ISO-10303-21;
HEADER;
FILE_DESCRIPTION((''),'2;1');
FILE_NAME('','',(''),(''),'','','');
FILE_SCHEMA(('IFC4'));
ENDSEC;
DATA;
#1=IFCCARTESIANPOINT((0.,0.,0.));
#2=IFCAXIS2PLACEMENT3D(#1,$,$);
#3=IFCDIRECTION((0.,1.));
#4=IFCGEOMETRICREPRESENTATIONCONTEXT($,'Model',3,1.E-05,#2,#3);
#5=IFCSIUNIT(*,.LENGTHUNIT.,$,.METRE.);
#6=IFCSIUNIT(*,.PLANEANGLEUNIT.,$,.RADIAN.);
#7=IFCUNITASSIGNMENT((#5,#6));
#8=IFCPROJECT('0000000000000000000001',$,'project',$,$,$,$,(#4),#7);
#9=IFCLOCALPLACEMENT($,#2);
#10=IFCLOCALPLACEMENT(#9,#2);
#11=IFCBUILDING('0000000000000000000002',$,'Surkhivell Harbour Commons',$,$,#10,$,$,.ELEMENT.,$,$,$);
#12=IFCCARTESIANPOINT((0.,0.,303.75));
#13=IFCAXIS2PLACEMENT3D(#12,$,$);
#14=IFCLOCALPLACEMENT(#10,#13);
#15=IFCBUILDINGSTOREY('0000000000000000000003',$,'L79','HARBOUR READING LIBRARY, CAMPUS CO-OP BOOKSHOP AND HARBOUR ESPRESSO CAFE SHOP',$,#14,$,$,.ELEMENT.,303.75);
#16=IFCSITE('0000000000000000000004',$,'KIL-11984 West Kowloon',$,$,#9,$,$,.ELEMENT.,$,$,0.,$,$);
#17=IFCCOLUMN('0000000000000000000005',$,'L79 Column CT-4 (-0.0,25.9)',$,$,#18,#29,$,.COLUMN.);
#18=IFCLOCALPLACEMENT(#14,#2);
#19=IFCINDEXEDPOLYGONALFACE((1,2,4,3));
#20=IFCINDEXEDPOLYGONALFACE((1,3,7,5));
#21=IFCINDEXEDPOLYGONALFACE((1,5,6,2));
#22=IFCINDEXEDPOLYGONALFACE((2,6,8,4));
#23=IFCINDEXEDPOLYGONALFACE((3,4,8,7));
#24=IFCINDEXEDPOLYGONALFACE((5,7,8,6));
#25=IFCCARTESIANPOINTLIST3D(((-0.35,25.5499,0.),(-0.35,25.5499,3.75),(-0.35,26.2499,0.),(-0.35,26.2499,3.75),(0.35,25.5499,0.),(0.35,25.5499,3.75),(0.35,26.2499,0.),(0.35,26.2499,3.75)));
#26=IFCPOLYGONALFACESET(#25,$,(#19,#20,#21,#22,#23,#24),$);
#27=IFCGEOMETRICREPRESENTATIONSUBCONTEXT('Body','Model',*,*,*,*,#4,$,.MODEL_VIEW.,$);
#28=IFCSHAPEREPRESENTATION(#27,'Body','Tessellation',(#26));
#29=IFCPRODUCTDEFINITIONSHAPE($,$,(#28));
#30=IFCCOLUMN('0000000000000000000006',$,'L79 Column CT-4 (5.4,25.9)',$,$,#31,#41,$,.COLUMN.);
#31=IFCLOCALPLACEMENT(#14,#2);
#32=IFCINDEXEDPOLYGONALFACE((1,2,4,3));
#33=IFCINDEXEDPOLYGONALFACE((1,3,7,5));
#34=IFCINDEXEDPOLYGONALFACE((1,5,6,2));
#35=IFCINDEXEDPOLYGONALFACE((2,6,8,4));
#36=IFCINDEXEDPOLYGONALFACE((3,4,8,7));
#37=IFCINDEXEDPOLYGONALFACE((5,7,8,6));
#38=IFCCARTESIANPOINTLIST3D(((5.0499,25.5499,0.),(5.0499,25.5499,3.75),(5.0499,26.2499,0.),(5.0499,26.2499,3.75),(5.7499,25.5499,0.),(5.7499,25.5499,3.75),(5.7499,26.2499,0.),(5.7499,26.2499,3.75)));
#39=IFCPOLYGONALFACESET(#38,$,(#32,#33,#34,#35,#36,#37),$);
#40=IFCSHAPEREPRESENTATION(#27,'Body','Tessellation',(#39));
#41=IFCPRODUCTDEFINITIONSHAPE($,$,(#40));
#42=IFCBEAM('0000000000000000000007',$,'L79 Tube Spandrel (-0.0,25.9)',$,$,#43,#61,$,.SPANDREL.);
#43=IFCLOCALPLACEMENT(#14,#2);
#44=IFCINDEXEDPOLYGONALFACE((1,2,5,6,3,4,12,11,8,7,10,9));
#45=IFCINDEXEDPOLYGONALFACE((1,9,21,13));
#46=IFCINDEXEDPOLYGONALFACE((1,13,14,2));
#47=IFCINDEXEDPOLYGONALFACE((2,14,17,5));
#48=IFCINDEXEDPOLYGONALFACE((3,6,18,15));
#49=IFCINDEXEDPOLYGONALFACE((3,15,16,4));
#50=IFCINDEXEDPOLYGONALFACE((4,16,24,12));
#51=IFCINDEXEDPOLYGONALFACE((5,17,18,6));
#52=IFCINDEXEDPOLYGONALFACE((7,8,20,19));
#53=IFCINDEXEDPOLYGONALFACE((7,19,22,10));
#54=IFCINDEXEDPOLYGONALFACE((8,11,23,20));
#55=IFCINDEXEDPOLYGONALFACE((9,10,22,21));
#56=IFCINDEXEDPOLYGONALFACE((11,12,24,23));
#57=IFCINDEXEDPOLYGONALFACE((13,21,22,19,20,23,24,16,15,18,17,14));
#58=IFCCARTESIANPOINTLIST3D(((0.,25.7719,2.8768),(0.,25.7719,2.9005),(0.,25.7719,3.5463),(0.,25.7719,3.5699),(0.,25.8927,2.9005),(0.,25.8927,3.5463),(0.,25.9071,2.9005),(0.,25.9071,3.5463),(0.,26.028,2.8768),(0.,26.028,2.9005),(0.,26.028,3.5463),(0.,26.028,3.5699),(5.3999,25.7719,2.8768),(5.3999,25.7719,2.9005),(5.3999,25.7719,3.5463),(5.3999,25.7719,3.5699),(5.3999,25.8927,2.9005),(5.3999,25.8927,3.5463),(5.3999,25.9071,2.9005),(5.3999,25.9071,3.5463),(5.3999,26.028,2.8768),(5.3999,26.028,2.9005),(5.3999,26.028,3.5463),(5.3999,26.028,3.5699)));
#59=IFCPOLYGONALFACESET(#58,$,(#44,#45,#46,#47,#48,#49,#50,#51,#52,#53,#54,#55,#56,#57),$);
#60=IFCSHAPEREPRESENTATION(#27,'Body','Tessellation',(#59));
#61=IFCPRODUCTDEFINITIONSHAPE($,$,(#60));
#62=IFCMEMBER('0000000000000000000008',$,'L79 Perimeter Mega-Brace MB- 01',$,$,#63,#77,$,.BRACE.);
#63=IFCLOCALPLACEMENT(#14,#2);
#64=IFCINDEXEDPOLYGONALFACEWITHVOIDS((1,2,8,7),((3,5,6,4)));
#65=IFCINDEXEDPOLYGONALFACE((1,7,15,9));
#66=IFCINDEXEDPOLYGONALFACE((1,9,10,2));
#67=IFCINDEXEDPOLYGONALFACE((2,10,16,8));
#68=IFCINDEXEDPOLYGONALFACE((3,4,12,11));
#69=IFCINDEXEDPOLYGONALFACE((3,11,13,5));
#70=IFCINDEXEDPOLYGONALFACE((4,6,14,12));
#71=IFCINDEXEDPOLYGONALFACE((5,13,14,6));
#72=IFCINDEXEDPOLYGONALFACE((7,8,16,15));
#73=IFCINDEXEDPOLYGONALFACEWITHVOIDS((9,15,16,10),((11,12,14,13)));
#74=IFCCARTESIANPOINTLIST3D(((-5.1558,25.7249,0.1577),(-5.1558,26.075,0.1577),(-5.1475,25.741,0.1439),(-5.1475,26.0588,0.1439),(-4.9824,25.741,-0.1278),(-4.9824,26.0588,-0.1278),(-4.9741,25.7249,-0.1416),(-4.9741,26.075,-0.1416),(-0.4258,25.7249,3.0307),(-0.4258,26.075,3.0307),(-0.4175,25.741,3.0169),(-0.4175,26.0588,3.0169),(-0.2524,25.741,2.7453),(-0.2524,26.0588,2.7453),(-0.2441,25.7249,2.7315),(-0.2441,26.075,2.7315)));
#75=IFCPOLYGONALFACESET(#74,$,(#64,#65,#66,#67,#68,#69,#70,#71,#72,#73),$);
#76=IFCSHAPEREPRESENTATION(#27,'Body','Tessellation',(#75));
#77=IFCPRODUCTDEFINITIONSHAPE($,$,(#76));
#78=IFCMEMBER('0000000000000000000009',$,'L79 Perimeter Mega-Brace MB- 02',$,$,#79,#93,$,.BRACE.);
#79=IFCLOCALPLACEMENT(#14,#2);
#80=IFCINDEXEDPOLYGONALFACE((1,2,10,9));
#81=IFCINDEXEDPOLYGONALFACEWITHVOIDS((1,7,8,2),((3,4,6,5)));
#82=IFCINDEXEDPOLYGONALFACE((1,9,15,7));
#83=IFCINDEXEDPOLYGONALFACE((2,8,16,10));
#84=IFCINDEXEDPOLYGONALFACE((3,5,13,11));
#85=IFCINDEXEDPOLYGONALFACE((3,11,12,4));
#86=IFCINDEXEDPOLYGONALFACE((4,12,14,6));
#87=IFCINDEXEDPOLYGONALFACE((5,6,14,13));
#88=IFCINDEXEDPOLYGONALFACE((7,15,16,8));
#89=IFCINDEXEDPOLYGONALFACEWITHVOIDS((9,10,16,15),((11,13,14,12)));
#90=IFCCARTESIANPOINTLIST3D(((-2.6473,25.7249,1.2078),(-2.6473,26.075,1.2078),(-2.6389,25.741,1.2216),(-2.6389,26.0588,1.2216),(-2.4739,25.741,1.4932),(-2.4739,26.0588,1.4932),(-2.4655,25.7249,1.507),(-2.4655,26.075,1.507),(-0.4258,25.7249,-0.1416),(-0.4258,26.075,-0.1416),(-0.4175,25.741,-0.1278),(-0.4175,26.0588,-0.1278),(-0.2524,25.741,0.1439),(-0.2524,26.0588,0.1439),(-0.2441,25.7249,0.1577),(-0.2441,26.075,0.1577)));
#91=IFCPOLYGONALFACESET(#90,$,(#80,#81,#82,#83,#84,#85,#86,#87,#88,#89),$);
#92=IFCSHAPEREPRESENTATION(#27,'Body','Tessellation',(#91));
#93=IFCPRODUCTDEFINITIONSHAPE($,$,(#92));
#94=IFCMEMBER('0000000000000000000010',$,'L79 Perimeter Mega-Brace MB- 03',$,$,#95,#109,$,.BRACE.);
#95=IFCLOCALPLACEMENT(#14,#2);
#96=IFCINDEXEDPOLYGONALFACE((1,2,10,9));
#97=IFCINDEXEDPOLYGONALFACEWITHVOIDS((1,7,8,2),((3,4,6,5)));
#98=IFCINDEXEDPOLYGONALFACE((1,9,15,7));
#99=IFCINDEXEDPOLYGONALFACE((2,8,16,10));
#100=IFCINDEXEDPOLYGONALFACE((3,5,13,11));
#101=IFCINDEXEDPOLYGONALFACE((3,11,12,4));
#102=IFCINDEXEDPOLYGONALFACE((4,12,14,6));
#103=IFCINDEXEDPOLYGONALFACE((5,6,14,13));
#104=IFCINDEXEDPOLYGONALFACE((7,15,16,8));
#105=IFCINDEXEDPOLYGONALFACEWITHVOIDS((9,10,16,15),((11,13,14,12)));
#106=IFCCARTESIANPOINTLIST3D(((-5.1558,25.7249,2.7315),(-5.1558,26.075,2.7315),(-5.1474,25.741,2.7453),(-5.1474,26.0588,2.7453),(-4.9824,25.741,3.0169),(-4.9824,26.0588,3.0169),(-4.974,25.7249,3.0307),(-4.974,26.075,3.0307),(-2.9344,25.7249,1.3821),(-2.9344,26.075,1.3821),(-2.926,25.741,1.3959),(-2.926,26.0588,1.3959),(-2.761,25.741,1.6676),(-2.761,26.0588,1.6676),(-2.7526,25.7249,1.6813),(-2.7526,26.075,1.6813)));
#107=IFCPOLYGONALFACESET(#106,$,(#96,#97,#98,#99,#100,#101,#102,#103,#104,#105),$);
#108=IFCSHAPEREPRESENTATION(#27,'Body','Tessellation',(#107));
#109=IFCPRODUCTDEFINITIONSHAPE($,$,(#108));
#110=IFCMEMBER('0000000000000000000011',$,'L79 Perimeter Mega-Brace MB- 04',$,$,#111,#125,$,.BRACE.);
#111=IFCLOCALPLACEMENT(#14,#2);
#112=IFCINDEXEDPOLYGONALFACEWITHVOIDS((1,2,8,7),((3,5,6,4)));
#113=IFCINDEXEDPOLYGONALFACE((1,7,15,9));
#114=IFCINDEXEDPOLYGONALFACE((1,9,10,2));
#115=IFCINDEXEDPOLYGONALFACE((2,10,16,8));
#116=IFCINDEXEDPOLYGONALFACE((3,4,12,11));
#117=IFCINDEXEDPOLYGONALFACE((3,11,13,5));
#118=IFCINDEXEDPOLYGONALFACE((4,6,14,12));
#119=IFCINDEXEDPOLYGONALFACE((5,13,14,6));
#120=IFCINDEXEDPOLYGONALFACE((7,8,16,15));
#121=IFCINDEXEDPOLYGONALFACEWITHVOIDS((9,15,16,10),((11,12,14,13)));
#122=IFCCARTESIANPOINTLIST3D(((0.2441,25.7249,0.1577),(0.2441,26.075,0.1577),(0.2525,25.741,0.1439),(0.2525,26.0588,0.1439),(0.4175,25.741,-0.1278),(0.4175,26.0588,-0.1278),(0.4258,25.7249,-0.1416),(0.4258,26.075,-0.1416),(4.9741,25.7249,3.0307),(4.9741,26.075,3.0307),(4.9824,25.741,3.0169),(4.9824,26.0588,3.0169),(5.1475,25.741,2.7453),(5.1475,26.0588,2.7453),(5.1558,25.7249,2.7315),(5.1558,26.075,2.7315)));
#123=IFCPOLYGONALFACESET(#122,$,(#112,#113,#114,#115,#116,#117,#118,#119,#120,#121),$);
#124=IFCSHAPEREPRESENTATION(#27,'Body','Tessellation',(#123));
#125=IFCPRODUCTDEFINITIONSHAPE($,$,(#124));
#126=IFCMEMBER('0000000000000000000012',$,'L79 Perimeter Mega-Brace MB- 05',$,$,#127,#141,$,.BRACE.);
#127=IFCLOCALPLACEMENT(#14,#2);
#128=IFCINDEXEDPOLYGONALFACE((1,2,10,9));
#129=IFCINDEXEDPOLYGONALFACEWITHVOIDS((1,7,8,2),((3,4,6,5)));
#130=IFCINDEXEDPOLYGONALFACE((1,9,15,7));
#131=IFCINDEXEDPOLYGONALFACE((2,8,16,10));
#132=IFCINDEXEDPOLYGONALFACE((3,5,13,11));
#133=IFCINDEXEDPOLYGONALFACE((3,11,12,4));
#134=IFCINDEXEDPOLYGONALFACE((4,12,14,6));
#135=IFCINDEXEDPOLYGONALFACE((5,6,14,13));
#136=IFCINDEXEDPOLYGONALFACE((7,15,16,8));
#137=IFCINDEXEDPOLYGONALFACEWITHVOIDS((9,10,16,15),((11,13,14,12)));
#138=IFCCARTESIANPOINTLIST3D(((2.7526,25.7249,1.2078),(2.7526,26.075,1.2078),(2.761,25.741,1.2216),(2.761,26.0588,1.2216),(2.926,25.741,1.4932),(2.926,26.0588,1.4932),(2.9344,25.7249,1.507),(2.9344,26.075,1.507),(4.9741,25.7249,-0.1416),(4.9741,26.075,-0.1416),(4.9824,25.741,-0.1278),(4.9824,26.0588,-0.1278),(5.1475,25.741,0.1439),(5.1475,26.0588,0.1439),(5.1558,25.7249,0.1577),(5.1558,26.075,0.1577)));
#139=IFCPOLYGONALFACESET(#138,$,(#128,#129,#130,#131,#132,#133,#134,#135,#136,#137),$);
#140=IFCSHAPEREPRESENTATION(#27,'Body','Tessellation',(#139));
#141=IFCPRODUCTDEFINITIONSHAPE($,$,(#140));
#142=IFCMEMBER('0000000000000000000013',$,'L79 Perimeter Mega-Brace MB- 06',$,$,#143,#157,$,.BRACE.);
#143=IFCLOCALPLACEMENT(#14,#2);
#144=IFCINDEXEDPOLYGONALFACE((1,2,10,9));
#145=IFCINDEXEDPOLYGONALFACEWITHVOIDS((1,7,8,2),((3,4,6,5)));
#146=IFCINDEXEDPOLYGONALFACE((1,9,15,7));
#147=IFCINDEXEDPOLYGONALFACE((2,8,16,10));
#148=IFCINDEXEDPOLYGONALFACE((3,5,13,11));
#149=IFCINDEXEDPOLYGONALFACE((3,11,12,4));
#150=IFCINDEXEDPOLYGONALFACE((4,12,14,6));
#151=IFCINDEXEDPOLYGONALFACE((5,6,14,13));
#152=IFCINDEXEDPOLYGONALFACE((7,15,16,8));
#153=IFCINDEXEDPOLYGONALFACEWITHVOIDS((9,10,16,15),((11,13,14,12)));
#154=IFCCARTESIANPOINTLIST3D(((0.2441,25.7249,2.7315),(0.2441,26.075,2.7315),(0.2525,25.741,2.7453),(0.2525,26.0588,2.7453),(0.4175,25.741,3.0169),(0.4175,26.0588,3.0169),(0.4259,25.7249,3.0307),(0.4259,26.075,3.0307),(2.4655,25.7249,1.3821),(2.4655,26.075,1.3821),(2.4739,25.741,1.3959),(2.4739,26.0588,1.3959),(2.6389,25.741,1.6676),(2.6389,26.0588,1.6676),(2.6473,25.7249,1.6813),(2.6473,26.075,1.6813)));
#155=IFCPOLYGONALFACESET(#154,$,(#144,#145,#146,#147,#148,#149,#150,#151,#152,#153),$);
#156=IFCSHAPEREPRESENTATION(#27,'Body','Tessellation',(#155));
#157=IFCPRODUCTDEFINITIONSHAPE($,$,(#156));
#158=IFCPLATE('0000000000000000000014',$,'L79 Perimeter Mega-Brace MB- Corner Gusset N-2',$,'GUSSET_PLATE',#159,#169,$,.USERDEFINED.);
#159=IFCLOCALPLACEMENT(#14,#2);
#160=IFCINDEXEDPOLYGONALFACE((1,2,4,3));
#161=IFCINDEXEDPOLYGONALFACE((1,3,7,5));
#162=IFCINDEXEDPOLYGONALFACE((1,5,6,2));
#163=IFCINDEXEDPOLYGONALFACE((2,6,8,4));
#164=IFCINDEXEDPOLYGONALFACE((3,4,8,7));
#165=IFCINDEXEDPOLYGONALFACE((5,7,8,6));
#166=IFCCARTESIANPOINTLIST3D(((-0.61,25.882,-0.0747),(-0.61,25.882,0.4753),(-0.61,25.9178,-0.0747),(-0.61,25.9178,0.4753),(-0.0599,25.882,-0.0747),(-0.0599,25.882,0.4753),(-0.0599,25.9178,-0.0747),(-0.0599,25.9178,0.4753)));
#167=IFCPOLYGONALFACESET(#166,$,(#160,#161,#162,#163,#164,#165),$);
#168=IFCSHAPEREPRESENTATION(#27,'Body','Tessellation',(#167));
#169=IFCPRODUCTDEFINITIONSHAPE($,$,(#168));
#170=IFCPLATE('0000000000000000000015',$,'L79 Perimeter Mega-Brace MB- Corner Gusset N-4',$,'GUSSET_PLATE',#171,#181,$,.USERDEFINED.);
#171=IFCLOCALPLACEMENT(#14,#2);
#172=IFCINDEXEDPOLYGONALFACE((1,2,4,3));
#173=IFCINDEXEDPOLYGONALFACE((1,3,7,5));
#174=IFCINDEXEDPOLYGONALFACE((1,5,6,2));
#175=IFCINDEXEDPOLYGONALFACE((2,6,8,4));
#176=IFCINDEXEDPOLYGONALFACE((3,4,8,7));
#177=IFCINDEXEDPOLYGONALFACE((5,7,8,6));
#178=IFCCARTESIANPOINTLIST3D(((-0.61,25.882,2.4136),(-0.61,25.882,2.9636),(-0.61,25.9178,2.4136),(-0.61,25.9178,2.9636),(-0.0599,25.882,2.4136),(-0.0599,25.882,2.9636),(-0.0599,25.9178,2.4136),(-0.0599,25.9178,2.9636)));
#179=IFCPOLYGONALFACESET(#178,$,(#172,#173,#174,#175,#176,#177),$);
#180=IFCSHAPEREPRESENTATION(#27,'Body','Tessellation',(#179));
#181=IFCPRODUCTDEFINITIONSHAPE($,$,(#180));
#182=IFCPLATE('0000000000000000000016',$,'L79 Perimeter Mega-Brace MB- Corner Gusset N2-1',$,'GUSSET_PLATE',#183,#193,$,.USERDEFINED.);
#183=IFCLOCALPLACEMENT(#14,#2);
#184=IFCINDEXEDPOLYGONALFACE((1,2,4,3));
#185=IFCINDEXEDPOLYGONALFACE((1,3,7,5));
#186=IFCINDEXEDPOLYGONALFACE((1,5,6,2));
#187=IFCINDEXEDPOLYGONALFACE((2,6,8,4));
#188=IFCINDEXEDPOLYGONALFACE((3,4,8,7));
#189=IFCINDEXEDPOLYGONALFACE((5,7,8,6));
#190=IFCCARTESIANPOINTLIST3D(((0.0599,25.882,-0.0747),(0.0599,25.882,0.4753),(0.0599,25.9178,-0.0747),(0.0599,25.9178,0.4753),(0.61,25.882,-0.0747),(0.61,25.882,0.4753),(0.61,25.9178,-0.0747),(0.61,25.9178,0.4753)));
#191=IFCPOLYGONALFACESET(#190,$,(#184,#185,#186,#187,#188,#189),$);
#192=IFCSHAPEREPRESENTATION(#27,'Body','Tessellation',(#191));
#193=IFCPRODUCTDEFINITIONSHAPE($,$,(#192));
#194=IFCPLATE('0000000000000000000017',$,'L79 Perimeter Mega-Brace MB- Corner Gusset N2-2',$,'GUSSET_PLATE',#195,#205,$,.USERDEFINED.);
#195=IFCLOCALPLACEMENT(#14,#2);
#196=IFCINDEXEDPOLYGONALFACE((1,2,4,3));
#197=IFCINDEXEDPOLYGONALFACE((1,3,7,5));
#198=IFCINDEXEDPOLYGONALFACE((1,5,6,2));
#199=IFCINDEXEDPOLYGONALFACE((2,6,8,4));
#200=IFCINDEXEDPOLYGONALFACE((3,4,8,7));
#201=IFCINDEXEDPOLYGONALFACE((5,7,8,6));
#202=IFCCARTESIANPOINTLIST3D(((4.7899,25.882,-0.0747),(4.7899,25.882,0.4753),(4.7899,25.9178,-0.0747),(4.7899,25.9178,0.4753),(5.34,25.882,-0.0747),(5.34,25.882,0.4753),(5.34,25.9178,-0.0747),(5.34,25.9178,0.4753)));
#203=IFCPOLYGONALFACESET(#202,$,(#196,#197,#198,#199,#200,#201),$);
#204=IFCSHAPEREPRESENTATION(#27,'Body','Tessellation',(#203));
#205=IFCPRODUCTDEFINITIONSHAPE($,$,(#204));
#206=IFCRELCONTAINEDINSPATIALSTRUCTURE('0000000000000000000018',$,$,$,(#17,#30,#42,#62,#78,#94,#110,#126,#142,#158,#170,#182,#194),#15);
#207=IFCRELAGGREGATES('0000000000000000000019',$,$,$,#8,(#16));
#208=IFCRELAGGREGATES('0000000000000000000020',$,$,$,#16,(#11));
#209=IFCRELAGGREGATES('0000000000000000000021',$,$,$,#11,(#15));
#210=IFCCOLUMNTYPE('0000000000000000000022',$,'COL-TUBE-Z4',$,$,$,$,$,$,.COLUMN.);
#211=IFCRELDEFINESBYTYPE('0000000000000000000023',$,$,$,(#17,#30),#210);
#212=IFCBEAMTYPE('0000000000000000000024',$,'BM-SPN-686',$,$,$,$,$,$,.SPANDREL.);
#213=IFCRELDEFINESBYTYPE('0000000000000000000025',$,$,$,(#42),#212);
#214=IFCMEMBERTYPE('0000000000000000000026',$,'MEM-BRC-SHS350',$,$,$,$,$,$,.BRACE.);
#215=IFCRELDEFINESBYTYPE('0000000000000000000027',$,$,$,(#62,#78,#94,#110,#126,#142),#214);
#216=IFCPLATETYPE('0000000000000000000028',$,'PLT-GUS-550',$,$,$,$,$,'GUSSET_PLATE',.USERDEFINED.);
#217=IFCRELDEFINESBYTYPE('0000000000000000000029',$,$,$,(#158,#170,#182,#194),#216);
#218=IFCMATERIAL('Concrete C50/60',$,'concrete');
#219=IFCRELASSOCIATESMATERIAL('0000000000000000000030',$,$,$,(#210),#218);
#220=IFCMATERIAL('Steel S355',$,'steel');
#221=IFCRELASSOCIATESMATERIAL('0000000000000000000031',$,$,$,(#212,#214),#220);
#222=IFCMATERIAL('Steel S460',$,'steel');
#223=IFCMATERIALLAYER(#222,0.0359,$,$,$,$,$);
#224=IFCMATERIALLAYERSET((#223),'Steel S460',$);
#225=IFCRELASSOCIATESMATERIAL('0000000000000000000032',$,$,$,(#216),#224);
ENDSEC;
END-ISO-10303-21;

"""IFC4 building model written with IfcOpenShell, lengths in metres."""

from ifc_helpers import new_model, si_unit, direction, frame, origin, origin_2d, place, context, subcontext, project, spatial, rectangle, hollow_rectangle, i_section, extrude, material, layer, layer_set, material_profile, profile_set, type_object, element, save


model = new_model("IFC4")

# Units and contexts
model_context = context("Model", 3, precision=1e-05, world=origin(), true_north=direction((0.0, 1.0)))
body_context = subcontext(model_context, "Body", "Model", "MODEL_VIEW")
ifc_project = project(units=[si_unit("LENGTHUNIT", "METRE"), si_unit("PLANEANGLEUNIT", "RADIAN")], contexts=[model_context])

# Site, building, storey
site_placement = place(None, origin())
site = spatial("IfcSite", under=ifc_project, at=site_placement, Name="KIL-11984 West Kowloon", CompositionType="ELEMENT", RefElevation=0.0)
building_placement = place(site_placement, origin())
building = spatial("IfcBuilding", under=site, at=building_placement, Name="Surkhivell Harbour Commons", CompositionType="ELEMENT")
storey_placement = place(building_placement, frame((0.0, 0.0, 303.75)))
storey = spatial("IfcBuildingStorey", under=building, at=storey_placement, Name="L79", Description="HARBOUR READING LIBRARY, CAMPUS CO-OP BOOKSHOP AND HARBOUR ESPRESSO CAFE SHOP", CompositionType="ELEMENT", Elevation=303.75)

# Columns
ifc_material_1 = material(Name="Concrete C50/60", Category="concrete")
ifc_material_profile_1 = material_profile(ifc_material_1, rectangle(XDim=0.7, YDim=0.7, at=origin_2d()), Name="RC-COL-700x700")
ifc_profile_set_1 = profile_set([ifc_material_profile_1], Name="Concrete C50/60")
column_type = type_object("IfcColumnType", Name="COL-TUBE-Z4", PredefinedType="COLUMN", material=ifc_profile_set_1)
for number, where, z_axis, x_axis, name in (
    (1, (0.0, 25.8999, 0.0), (0.0, 0.0, 1.0), (1.0, 0.0, 0.0), "L79 Column CT-4 (-0.0,25.9)"),
    (2, (5.3999, 25.8999, 0.0), (0.0, 0.0, 1.0), (1.0, 0.0, 0.0), "L79 Column CT-4 (5.4,25.9)"),
):
    element("IfcColumn", number, at=place(storey_placement, frame(where, z_axis=z_axis, x_axis=x_axis)), inside=storey, type_object=column_type, Name=name, PredefinedType="COLUMN", context=body_context, shape_type="SweptSolid", body=[
        extrude(rectangle(XDim=0.7, YDim=0.7, at=origin_2d()), origin(), (0.0, 0.0, 1.0), 3.75),
    ])

# Beam
ifc_material_2 = material(Name="Steel S355", Category="steel")
ifc_material_profile_2 = material_profile(ifc_material_2, i_section(OverallWidth=0.2561, OverallDepth=0.6931, WebThickness=0.0144, FlangeThickness=0.0237, at=origin_2d()), Name="UB686x254x170")
ifc_profile_set_2 = profile_set([ifc_material_profile_2], Name="Steel S355")
beam_type = type_object("IfcBeamType", Name="BM-SPN-686", PredefinedType="SPANDREL", material=ifc_profile_set_2)
beam_placement = place(storey_placement, frame((0.0, 25.8999, 3.2234), z_axis=(1.0, 0.0, 0.0), x_axis=(0.0, 1.0, 0.0)))
element("IfcBeam", 3, at=beam_placement, inside=storey, type_object=beam_type, Name="L79 Tube Spandrel (-0.0,25.9)", PredefinedType="SPANDREL", context=body_context, shape_type="SweptSolid", body=[
    extrude(i_section(OverallWidth=0.2561, OverallDepth=0.6931, WebThickness=0.0144, FlangeThickness=0.0237, at=origin_2d()), origin(), (0.0, 0.0, 1.0), 5.3999),
])

# Members
ifc_material_profile_3 = material_profile(ifc_material_2, hollow_rectangle(XDim=0.3501, YDim=0.3501, WallThickness=0.0161, at=origin_2d()), Name="SHS350x350x16")
ifc_profile_set_3 = profile_set([ifc_material_profile_3], Name="Steel S355")
member_type = type_object("IfcMemberType", Name="MEM-BRC-SHS350", PredefinedType="BRACE", material=ifc_profile_set_3)
member_1_placement = place(storey_placement, frame((-5.0649, 25.8999, 0.0081), z_axis=(0.854685, 0.0, 0.519146), x_axis=(0.0, 1.0, 0.0)))
element("IfcMember", 4, at=member_1_placement, inside=storey, type_object=member_type, Name="L79 Perimeter Mega-Brace MB- 01", PredefinedType="BRACE", context=body_context, shape_type="SweptSolid", body=[
    extrude(hollow_rectangle(XDim=0.3501, YDim=0.3501, WallThickness=0.0161, at=origin_2d()), origin(), (0.0, 0.0, 1.0), 5.5342),
])
for number, where, z_axis, x_axis, name in (
    (5, (-0.335, 25.8999, 0.0081), (-0.854679, 0.0, 0.519157), (0.0, -1.0, 0.0), "L79 Perimeter Mega-Brace MB- 02"),
    (6, (-2.8435, 25.8999, 1.5317), (-0.854679, 0.0, 0.519157), (0.0, -1.0, 0.0), "L79 Perimeter Mega-Brace MB- 03"),
):
    element("IfcMember", number, at=place(storey_placement, frame(where, z_axis=z_axis, x_axis=x_axis)), inside=storey, type_object=member_type, Name=name, PredefinedType="BRACE", context=body_context, shape_type="SweptSolid", body=[
        extrude(hollow_rectangle(XDim=0.3501, YDim=0.3501, WallThickness=0.0161, at=origin_2d()), origin(), (0.0, 0.0, 1.0), 2.5991),
    ])
member_2_placement = place(storey_placement, frame((0.335, 25.8999, 0.0081), z_axis=(0.854685, 0.0, 0.519146), x_axis=(0.0, 1.0, 0.0)))
element("IfcMember", 7, at=member_2_placement, inside=storey, type_object=member_type, Name="L79 Perimeter Mega-Brace MB- 04", PredefinedType="BRACE", context=body_context, shape_type="SweptSolid", body=[
    extrude(hollow_rectangle(XDim=0.3501, YDim=0.3501, WallThickness=0.0161, at=origin_2d()), origin(), (0.0, 0.0, 1.0), 5.5342),
])
for number, where, z_axis, x_axis, name in (
    (8, (5.0649, 25.8999, 0.0081), (-0.854679, 0.0, 0.519157), (0.0, -1.0, 0.0), "L79 Perimeter Mega-Brace MB- 05"),
    (9, (2.5564, 25.8999, 1.5317), (-0.854679, 0.0, 0.519157), (0.0, -1.0, 0.0), "L79 Perimeter Mega-Brace MB- 06"),
):
    element("IfcMember", number, at=place(storey_placement, frame(where, z_axis=z_axis, x_axis=x_axis)), inside=storey, type_object=member_type, Name=name, PredefinedType="BRACE", context=body_context, shape_type="SweptSolid", body=[
        extrude(hollow_rectangle(XDim=0.3501, YDim=0.3501, WallThickness=0.0161, at=origin_2d()), origin(), (0.0, 0.0, 1.0), 2.5991),
    ])

# Plates
ifc_material_3 = material(Name="Steel S460", Category="steel")
ifc_layer_1 = layer(ifc_material_3, 0.0359)
ifc_layer_set_1 = layer_set([ifc_layer_1], Name="Steel S460")
plate_type_1 = type_object("IfcPlateType", Name="PLT-GUS-550", ElementType="GUSSET_PLATE", PredefinedType="USERDEFINED", material=ifc_layer_set_1)
for number, where, z_axis, x_axis, name in (
    (10, (-0.335, 25.8999, -0.0747), (0.0, 0.0, 1.0), (1.0, 0.0, 0.0), "L79 Perimeter Mega-Brace MB- Corner Gusset N-2"),
    (11, (-0.335, 25.8999, 2.4136), (0.0, 0.0, 1.0), (1.0, 0.0, 0.0), "L79 Perimeter Mega-Brace MB- Corner Gusset N-4"),
    (12, (0.335, 25.8999, -0.0747), (0.0, 0.0, 1.0), (1.0, 0.0, 0.0), "L79 Perimeter Mega-Brace MB- Corner Gusset N2-1"),
    (13, (5.0649, 25.8999, -0.0747), (0.0, 0.0, 1.0), (1.0, 0.0, 0.0), "L79 Perimeter Mega-Brace MB- Corner Gusset N2-2"),
):
    element("IfcPlate", number, at=place(storey_placement, frame(where, z_axis=z_axis, x_axis=x_axis)), inside=storey, type_object=plate_type_1, Name=name, ObjectType="GUSSET_PLATE", PredefinedType="USERDEFINED", context=body_context, shape_type="SweptSolid", body=[
        extrude(rectangle(XDim=0.55, YDim=0.0359, at=origin_2d()), origin(), (0.0, 0.0, 1.0), 0.55),
    ])

save(model, "model.ifc")
